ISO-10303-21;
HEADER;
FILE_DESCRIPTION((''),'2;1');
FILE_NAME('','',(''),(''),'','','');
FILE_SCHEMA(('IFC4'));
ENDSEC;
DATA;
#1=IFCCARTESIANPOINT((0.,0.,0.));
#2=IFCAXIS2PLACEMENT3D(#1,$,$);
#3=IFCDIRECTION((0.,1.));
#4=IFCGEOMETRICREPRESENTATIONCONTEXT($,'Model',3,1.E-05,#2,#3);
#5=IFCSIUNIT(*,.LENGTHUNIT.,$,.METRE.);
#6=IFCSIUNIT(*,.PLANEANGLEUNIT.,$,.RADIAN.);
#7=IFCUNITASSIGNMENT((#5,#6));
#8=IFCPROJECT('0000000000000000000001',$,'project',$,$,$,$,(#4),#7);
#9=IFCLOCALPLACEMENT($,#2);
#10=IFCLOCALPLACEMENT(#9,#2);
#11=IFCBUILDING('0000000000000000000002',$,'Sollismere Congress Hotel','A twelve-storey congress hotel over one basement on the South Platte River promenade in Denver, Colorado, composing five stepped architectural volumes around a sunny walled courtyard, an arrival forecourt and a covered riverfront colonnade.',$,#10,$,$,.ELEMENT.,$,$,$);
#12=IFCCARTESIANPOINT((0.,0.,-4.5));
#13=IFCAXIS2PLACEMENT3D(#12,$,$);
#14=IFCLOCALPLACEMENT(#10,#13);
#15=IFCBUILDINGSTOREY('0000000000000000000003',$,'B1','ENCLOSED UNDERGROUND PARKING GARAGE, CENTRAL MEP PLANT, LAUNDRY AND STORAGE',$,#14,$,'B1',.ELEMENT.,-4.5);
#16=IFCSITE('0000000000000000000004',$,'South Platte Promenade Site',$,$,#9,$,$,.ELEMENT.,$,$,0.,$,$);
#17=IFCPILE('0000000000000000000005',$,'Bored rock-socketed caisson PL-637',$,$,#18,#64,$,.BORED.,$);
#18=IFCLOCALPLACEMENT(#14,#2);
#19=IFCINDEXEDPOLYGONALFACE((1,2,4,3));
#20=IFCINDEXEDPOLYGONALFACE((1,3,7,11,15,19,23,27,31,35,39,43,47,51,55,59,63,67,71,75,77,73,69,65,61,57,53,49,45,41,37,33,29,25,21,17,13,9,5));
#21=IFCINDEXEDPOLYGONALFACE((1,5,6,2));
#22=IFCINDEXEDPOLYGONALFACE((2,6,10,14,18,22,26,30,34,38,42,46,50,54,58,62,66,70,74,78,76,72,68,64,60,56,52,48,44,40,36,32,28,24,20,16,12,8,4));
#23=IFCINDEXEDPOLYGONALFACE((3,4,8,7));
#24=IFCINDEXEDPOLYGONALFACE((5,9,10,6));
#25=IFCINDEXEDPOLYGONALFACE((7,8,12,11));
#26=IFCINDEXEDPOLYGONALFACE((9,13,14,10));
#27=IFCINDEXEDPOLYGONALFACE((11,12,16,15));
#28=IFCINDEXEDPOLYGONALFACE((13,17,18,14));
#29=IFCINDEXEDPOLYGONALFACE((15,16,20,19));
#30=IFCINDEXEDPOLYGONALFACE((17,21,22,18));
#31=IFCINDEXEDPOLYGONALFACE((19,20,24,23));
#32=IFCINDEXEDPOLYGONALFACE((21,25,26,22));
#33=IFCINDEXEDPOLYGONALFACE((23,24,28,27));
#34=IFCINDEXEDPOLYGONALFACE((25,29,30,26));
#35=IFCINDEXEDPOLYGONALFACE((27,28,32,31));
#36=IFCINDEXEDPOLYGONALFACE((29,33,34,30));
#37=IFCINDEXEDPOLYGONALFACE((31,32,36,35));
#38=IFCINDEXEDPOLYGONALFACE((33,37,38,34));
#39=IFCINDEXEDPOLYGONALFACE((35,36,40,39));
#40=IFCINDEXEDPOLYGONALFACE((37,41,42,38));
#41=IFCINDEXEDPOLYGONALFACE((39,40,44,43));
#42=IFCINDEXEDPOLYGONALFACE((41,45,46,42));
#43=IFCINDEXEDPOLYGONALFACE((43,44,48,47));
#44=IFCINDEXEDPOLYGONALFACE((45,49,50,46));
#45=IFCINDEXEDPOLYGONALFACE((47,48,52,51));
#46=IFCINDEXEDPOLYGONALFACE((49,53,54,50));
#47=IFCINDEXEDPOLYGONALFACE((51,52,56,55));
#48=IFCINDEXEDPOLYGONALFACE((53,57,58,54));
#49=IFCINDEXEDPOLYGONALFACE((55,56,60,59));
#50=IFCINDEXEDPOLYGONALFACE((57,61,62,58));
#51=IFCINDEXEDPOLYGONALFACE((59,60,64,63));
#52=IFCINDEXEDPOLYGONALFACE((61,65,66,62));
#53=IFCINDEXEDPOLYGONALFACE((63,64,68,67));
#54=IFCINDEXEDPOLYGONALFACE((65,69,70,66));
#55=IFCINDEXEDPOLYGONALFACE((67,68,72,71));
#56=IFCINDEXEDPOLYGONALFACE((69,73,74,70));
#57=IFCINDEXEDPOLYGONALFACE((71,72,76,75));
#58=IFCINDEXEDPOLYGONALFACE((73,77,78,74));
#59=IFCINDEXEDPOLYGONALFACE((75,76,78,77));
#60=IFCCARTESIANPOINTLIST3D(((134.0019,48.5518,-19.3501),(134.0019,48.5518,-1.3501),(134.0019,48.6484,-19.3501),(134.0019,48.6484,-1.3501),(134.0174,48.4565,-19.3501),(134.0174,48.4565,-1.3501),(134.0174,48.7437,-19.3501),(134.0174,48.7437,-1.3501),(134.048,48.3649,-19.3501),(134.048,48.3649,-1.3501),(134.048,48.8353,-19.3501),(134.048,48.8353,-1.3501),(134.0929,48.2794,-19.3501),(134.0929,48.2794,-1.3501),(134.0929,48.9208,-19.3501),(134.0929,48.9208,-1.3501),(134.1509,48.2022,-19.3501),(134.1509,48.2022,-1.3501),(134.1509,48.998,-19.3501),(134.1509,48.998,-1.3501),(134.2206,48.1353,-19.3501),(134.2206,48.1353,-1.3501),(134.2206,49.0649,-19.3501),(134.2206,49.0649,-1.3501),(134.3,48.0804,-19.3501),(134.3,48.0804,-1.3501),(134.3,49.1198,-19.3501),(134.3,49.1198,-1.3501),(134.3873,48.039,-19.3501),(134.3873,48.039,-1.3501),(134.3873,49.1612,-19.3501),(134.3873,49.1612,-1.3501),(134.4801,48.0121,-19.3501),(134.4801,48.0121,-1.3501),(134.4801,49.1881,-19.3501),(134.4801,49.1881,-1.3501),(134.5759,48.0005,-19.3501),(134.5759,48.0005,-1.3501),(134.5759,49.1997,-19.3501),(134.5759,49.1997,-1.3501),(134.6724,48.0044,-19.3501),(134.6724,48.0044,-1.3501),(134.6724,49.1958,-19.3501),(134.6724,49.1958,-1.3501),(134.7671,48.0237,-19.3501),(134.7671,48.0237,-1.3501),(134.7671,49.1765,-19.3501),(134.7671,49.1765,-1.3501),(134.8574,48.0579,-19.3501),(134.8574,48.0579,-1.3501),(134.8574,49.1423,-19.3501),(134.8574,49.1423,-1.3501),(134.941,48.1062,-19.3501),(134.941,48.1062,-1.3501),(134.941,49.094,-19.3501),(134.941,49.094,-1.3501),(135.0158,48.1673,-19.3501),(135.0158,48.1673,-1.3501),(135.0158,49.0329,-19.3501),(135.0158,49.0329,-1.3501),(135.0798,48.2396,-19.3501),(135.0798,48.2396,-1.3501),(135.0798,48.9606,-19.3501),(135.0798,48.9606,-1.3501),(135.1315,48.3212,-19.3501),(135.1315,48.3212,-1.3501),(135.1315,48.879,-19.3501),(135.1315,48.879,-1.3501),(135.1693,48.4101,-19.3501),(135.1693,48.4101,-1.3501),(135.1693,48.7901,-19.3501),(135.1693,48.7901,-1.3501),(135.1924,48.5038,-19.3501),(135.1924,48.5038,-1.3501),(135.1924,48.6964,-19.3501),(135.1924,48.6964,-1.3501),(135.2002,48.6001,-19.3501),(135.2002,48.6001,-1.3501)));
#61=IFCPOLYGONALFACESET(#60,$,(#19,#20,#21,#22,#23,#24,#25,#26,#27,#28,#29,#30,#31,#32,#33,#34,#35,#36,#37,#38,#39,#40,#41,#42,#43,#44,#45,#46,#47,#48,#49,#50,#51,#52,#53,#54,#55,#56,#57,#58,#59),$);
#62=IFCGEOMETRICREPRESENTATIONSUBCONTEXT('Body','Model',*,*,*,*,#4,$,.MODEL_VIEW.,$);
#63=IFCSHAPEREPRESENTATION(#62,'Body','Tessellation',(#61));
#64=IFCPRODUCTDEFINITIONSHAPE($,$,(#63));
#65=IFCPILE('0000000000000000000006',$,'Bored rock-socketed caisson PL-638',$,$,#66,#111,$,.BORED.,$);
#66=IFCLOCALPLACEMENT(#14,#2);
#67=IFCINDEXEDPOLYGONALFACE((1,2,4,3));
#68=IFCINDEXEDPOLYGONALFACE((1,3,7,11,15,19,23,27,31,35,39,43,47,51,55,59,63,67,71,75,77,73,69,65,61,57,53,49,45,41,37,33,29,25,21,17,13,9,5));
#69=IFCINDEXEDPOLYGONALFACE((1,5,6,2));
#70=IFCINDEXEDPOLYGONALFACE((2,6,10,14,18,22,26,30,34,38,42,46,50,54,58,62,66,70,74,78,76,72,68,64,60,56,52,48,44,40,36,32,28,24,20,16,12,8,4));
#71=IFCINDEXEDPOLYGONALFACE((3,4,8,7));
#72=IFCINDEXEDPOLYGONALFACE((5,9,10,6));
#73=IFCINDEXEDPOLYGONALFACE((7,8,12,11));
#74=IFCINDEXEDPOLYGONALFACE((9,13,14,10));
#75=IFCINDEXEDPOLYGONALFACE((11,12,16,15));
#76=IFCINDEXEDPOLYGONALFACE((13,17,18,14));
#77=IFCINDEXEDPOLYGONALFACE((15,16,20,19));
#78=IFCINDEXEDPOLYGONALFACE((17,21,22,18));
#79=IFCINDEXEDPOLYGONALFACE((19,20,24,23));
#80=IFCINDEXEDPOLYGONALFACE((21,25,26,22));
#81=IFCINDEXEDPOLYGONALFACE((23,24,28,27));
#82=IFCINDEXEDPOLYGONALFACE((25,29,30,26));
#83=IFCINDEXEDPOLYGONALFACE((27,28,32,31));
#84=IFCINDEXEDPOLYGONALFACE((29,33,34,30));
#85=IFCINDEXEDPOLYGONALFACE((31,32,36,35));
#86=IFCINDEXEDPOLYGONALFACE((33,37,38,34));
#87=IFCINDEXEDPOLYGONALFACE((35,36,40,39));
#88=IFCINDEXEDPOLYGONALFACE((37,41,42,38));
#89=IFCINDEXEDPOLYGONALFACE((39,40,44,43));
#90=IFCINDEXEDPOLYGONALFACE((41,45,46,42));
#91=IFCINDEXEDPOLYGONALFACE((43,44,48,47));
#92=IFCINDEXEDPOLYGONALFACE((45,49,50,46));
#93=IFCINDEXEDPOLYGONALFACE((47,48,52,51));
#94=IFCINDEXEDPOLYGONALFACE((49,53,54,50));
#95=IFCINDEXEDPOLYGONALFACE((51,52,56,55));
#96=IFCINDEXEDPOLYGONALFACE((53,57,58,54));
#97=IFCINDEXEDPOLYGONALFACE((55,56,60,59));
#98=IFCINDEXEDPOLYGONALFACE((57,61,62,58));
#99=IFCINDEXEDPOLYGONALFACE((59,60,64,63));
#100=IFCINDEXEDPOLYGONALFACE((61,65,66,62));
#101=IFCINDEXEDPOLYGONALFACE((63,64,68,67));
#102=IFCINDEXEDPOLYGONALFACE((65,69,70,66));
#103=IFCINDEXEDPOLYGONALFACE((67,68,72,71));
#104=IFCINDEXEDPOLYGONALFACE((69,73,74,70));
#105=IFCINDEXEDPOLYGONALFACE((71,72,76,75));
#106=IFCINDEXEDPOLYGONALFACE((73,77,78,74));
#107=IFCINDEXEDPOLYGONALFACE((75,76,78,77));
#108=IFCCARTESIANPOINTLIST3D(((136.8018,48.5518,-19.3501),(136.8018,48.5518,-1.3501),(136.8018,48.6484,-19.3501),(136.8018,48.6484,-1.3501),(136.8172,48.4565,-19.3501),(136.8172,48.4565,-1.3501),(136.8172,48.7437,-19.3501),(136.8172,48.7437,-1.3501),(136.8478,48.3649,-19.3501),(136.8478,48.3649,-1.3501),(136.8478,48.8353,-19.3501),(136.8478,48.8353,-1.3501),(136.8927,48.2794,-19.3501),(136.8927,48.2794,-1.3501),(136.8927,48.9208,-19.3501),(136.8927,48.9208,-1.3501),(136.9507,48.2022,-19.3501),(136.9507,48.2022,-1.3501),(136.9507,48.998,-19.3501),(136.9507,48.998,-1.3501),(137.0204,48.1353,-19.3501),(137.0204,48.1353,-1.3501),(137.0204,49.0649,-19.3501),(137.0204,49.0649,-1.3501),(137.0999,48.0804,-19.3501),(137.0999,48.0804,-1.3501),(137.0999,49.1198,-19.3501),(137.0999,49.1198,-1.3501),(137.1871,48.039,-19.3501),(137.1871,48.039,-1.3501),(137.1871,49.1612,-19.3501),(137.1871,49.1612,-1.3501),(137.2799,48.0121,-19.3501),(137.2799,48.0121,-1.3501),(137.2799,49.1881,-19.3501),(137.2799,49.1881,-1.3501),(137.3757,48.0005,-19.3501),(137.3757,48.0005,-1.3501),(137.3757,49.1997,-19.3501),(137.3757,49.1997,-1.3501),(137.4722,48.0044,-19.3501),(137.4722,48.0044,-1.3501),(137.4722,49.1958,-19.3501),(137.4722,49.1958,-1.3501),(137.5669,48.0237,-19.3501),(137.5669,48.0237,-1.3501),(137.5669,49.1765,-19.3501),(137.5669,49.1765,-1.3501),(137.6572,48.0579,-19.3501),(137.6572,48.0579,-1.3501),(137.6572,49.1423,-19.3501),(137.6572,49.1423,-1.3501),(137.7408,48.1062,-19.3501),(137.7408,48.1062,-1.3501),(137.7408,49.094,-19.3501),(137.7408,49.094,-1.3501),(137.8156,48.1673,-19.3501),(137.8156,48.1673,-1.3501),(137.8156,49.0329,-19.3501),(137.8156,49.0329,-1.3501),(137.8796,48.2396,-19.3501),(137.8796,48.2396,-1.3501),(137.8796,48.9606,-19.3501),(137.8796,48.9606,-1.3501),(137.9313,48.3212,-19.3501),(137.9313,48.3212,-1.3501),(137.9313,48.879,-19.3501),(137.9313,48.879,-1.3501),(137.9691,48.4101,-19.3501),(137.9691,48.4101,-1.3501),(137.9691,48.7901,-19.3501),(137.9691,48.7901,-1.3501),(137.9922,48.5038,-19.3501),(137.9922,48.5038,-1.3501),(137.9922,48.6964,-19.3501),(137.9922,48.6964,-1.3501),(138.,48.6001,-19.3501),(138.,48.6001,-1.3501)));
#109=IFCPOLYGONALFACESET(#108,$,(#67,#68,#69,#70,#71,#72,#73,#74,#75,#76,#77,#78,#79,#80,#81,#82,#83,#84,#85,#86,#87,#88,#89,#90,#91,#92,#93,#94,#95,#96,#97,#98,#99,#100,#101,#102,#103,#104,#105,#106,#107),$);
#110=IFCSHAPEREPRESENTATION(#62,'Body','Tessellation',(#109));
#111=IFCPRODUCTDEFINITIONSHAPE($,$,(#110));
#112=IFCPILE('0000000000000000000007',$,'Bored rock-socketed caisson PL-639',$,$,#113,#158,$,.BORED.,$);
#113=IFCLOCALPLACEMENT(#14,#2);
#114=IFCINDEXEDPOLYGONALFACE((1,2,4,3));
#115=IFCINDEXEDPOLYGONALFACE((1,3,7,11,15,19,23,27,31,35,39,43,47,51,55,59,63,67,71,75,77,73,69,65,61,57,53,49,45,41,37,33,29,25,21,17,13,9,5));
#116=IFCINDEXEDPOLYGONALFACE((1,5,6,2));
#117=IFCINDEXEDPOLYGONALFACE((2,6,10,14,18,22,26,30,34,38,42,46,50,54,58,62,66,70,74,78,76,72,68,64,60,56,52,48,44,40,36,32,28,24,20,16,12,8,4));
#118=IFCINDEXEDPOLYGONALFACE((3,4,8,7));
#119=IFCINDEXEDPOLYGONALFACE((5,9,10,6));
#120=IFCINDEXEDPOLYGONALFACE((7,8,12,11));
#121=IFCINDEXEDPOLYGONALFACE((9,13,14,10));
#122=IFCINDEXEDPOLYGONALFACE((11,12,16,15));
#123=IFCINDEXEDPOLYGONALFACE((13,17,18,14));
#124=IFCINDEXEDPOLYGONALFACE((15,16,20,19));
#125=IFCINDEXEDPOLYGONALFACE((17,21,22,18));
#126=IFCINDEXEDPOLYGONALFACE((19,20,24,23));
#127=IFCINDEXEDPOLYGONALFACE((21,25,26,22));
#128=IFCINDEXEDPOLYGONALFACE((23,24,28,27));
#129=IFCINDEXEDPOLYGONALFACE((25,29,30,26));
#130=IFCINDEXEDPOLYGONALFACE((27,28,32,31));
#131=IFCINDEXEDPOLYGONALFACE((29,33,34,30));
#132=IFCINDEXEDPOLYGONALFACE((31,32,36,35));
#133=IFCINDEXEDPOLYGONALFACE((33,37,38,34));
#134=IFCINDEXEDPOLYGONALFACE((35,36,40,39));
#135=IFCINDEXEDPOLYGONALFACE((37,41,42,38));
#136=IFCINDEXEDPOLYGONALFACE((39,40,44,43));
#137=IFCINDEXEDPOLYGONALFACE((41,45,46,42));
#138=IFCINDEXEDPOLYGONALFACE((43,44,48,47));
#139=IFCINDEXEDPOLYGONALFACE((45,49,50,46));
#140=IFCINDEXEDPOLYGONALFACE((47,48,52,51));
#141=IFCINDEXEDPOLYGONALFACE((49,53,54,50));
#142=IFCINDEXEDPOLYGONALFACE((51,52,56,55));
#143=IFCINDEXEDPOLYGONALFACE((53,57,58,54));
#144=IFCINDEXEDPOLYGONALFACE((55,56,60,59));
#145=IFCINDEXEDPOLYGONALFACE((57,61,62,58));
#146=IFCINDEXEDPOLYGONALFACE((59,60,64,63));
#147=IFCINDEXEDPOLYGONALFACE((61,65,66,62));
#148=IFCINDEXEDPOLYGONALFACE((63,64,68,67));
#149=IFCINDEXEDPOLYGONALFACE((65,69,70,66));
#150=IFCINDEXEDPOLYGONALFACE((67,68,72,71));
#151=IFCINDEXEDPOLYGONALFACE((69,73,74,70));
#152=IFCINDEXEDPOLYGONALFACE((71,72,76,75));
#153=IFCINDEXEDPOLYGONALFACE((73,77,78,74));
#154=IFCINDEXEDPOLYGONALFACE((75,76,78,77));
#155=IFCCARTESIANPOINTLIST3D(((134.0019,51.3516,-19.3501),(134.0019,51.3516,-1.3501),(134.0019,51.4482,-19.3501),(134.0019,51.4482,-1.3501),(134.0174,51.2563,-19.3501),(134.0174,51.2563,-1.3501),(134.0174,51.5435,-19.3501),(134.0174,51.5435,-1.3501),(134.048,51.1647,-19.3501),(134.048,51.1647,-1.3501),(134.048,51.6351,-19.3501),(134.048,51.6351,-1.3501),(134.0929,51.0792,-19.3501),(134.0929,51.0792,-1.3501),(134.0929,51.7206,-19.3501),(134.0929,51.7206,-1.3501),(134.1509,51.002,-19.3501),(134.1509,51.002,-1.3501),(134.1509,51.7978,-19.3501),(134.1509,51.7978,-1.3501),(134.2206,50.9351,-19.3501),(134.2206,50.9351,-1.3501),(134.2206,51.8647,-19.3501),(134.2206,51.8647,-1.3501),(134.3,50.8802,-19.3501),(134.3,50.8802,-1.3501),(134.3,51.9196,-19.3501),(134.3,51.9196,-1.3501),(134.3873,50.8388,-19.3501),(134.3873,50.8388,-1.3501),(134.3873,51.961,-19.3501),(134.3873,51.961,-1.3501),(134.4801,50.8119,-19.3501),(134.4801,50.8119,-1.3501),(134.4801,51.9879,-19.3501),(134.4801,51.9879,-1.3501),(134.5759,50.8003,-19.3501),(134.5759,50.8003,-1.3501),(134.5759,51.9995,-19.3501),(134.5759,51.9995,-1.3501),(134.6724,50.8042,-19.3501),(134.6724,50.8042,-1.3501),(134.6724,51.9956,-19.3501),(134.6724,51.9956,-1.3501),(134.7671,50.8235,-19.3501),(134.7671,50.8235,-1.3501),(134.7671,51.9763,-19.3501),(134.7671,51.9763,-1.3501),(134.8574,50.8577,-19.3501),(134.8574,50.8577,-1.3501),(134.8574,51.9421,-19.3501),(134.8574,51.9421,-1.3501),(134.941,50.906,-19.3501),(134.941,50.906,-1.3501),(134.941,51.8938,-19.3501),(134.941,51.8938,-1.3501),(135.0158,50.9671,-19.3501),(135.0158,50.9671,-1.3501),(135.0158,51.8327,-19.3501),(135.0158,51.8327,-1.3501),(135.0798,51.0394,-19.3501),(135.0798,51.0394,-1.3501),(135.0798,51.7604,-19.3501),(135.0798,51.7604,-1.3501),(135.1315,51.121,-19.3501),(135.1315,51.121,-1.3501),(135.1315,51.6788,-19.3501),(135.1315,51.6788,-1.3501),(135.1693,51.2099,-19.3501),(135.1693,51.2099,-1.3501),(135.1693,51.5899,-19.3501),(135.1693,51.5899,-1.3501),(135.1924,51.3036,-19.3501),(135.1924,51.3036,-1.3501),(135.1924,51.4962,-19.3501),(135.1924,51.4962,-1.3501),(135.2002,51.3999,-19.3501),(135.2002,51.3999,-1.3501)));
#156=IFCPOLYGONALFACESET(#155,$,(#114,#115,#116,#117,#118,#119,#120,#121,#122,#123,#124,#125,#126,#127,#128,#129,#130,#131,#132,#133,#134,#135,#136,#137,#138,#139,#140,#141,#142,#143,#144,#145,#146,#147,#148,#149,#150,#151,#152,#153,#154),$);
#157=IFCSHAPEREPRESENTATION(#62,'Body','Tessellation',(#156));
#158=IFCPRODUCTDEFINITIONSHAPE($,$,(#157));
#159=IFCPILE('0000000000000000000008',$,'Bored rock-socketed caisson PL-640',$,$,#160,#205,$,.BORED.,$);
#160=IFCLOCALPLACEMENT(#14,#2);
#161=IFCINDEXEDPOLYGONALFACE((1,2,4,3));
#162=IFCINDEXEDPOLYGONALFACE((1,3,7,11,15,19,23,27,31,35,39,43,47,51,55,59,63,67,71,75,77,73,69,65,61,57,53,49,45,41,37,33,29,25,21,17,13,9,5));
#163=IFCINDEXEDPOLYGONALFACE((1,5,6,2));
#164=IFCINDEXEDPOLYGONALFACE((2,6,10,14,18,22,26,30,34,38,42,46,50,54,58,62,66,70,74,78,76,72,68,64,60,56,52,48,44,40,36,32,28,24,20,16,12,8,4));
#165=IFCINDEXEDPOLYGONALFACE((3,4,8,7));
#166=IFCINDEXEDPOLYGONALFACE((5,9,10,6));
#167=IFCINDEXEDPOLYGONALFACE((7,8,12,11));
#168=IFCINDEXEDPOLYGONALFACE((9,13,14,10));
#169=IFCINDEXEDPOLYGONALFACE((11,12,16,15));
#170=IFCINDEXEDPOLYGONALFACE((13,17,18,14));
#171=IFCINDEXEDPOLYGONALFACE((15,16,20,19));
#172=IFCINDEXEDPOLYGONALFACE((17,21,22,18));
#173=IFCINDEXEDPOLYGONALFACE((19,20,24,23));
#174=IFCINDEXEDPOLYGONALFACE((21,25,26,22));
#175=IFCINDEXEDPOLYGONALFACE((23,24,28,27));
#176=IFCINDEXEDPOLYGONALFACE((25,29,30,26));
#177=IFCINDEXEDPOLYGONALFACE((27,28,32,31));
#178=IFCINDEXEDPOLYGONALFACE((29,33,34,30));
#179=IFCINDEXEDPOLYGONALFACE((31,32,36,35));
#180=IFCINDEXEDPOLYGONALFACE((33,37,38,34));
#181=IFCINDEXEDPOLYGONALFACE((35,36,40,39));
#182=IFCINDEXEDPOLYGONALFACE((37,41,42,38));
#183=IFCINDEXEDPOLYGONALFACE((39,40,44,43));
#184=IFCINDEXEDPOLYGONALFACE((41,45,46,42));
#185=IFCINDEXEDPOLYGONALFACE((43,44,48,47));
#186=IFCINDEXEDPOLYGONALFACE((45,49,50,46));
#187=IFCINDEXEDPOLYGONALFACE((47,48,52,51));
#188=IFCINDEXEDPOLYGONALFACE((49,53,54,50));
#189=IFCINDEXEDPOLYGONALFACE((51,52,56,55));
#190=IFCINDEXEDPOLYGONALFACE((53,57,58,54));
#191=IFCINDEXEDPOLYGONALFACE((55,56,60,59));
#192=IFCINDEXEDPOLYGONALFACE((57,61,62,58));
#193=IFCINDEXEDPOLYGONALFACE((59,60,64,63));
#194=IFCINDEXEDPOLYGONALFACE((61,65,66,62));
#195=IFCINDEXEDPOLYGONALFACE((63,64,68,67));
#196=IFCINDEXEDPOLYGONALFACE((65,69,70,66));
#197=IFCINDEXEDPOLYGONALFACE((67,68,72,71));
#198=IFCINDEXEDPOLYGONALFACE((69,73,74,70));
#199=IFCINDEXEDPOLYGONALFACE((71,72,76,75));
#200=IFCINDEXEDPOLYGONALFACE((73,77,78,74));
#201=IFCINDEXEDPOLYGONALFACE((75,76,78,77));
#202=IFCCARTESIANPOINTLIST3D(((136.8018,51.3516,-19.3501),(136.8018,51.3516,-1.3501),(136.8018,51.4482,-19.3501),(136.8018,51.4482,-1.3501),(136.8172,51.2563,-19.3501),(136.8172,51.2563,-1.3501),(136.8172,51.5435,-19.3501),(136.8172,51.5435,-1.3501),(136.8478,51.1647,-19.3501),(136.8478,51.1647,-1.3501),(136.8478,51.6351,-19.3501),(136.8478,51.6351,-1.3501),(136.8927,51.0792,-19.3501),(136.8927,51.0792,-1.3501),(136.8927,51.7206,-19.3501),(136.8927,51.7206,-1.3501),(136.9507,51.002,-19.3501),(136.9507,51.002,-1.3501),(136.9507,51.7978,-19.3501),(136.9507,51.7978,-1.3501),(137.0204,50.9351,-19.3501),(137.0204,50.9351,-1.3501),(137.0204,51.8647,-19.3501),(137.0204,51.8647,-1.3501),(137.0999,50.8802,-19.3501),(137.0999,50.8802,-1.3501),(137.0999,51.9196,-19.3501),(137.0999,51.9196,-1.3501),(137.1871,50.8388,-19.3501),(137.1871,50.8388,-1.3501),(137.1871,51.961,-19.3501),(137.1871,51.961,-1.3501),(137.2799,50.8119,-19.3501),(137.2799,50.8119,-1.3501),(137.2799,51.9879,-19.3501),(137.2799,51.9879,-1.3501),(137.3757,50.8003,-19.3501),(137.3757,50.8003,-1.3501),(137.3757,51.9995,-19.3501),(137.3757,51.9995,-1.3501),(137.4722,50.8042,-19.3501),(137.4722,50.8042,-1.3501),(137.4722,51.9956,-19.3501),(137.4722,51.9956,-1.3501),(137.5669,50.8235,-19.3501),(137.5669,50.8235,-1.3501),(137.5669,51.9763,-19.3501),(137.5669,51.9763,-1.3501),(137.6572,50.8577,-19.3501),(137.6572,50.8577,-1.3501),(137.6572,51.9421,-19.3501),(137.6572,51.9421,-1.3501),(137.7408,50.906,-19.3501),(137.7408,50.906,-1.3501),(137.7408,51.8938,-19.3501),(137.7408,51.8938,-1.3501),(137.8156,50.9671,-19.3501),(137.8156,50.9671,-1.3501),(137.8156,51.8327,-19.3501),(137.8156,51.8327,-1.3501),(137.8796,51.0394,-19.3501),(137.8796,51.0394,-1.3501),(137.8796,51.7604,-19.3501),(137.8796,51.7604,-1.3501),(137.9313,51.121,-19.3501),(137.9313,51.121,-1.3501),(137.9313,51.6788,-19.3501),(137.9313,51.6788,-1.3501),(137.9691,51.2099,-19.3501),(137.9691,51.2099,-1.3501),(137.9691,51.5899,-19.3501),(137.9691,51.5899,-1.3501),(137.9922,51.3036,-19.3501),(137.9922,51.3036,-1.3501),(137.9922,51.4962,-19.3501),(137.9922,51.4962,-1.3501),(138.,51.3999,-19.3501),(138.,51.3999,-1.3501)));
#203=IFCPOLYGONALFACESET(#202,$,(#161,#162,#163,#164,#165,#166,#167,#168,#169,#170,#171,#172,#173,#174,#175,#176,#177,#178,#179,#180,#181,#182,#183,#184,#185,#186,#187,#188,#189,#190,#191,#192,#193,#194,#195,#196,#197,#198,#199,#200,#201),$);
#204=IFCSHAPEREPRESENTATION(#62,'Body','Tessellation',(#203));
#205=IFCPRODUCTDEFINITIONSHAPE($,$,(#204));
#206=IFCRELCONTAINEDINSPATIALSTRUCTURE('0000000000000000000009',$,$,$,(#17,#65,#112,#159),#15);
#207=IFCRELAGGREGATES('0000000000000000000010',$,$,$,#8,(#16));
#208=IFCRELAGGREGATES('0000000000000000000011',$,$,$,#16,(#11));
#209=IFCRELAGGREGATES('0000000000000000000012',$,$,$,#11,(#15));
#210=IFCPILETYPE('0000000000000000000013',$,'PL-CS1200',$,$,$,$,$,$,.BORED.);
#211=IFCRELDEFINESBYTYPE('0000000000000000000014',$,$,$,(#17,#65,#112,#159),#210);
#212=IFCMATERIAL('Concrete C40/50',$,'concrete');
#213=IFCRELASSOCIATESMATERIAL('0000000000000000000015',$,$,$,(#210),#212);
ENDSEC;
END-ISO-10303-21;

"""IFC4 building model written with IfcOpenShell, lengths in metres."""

from ifc_helpers import new_model, si_unit, direction, frame, origin, origin_2d, place, context, subcontext, project, spatial, circle, extrude, material, material_profile, profile_set, type_object, element, save


model = new_model("IFC4")

# Units and contexts
model_context = context("Model", 3, precision=1e-05, world=origin(), true_north=direction((0.0, 1.0)))
body_context = subcontext(model_context, "Body", "Model", "MODEL_VIEW")
ifc_project = project(units=[si_unit("LENGTHUNIT", "METRE"), si_unit("PLANEANGLEUNIT", "RADIAN")], contexts=[model_context])

# Site, building, storey
site_placement = place(None, origin())
site = spatial("IfcSite", under=ifc_project, at=site_placement, Name="South Platte Promenade Site", CompositionType="ELEMENT", RefElevation=0.0)
building_placement = place(site_placement, origin())
building = spatial("IfcBuilding", under=site, at=building_placement, Name="Sollismere Congress Hotel", Description="A twelve-storey congress hotel over one basement on the South Platte River promenade in Denver, Colorado, composing five stepped architectural volumes around a sunny walled courtyard, an arrival forecourt and a covered riverfront colonnade.", CompositionType="ELEMENT")
storey_placement = place(building_placement, frame((0.0, 0.0, -4.5)))
storey = spatial("IfcBuildingStorey", under=building, at=storey_placement, Name="B1", Description="ENCLOSED UNDERGROUND PARKING GARAGE, CENTRAL MEP PLANT, LAUNDRY AND STORAGE", LongName="B1", CompositionType="ELEMENT", Elevation=-4.5)

# Shared definitions
ifc_material_1 = material(Name="Concrete C40/50", Category="concrete")

# Piles
ifc_material_profile_1 = material_profile(ifc_material_1, circle(Radius=0.6001, at=origin_2d()), Name="CAISSON1200")
ifc_profile_set_1 = profile_set([ifc_material_profile_1], Name="Concrete C40/50")
pile_type = type_object("IfcPileType", Name="PL-CS1200", PredefinedType="BORED", material=ifc_profile_set_1)
for number, where, z_axis, x_axis, name in (
    (1, (134.6001, 48.6001, -1.3501), (0.0, 0.0, -1.0), (1.0, 0.0, 0.0), "Bored rock-socketed caisson PL-637"),
    (2, (137.3999, 48.6001, -1.3501), (0.0, 0.0, -1.0), (1.0, 0.0, 0.0), "Bored rock-socketed caisson PL-638"),
    (3, (134.6001, 51.3999, -1.3501), (0.0, 0.0, -1.0), (1.0, 0.0, 0.0), "Bored rock-socketed caisson PL-639"),
    (4, (137.3999, 51.3999, -1.3501), (0.0, 0.0, -1.0), (1.0, 0.0, 0.0), "Bored rock-socketed caisson PL-640"),
):
    element("IfcPile", number, at=place(storey_placement, frame(where, z_axis=z_axis, x_axis=x_axis)), inside=storey, type_object=pile_type, Name=name, PredefinedType="BORED", context=body_context, shape_type="SweptSolid", body=[
        extrude(circle(Radius=0.6001, at=origin_2d()), origin(), (0.0, 0.0, 1.0), 18.0),
    ])

save(model, "model.ifc")
